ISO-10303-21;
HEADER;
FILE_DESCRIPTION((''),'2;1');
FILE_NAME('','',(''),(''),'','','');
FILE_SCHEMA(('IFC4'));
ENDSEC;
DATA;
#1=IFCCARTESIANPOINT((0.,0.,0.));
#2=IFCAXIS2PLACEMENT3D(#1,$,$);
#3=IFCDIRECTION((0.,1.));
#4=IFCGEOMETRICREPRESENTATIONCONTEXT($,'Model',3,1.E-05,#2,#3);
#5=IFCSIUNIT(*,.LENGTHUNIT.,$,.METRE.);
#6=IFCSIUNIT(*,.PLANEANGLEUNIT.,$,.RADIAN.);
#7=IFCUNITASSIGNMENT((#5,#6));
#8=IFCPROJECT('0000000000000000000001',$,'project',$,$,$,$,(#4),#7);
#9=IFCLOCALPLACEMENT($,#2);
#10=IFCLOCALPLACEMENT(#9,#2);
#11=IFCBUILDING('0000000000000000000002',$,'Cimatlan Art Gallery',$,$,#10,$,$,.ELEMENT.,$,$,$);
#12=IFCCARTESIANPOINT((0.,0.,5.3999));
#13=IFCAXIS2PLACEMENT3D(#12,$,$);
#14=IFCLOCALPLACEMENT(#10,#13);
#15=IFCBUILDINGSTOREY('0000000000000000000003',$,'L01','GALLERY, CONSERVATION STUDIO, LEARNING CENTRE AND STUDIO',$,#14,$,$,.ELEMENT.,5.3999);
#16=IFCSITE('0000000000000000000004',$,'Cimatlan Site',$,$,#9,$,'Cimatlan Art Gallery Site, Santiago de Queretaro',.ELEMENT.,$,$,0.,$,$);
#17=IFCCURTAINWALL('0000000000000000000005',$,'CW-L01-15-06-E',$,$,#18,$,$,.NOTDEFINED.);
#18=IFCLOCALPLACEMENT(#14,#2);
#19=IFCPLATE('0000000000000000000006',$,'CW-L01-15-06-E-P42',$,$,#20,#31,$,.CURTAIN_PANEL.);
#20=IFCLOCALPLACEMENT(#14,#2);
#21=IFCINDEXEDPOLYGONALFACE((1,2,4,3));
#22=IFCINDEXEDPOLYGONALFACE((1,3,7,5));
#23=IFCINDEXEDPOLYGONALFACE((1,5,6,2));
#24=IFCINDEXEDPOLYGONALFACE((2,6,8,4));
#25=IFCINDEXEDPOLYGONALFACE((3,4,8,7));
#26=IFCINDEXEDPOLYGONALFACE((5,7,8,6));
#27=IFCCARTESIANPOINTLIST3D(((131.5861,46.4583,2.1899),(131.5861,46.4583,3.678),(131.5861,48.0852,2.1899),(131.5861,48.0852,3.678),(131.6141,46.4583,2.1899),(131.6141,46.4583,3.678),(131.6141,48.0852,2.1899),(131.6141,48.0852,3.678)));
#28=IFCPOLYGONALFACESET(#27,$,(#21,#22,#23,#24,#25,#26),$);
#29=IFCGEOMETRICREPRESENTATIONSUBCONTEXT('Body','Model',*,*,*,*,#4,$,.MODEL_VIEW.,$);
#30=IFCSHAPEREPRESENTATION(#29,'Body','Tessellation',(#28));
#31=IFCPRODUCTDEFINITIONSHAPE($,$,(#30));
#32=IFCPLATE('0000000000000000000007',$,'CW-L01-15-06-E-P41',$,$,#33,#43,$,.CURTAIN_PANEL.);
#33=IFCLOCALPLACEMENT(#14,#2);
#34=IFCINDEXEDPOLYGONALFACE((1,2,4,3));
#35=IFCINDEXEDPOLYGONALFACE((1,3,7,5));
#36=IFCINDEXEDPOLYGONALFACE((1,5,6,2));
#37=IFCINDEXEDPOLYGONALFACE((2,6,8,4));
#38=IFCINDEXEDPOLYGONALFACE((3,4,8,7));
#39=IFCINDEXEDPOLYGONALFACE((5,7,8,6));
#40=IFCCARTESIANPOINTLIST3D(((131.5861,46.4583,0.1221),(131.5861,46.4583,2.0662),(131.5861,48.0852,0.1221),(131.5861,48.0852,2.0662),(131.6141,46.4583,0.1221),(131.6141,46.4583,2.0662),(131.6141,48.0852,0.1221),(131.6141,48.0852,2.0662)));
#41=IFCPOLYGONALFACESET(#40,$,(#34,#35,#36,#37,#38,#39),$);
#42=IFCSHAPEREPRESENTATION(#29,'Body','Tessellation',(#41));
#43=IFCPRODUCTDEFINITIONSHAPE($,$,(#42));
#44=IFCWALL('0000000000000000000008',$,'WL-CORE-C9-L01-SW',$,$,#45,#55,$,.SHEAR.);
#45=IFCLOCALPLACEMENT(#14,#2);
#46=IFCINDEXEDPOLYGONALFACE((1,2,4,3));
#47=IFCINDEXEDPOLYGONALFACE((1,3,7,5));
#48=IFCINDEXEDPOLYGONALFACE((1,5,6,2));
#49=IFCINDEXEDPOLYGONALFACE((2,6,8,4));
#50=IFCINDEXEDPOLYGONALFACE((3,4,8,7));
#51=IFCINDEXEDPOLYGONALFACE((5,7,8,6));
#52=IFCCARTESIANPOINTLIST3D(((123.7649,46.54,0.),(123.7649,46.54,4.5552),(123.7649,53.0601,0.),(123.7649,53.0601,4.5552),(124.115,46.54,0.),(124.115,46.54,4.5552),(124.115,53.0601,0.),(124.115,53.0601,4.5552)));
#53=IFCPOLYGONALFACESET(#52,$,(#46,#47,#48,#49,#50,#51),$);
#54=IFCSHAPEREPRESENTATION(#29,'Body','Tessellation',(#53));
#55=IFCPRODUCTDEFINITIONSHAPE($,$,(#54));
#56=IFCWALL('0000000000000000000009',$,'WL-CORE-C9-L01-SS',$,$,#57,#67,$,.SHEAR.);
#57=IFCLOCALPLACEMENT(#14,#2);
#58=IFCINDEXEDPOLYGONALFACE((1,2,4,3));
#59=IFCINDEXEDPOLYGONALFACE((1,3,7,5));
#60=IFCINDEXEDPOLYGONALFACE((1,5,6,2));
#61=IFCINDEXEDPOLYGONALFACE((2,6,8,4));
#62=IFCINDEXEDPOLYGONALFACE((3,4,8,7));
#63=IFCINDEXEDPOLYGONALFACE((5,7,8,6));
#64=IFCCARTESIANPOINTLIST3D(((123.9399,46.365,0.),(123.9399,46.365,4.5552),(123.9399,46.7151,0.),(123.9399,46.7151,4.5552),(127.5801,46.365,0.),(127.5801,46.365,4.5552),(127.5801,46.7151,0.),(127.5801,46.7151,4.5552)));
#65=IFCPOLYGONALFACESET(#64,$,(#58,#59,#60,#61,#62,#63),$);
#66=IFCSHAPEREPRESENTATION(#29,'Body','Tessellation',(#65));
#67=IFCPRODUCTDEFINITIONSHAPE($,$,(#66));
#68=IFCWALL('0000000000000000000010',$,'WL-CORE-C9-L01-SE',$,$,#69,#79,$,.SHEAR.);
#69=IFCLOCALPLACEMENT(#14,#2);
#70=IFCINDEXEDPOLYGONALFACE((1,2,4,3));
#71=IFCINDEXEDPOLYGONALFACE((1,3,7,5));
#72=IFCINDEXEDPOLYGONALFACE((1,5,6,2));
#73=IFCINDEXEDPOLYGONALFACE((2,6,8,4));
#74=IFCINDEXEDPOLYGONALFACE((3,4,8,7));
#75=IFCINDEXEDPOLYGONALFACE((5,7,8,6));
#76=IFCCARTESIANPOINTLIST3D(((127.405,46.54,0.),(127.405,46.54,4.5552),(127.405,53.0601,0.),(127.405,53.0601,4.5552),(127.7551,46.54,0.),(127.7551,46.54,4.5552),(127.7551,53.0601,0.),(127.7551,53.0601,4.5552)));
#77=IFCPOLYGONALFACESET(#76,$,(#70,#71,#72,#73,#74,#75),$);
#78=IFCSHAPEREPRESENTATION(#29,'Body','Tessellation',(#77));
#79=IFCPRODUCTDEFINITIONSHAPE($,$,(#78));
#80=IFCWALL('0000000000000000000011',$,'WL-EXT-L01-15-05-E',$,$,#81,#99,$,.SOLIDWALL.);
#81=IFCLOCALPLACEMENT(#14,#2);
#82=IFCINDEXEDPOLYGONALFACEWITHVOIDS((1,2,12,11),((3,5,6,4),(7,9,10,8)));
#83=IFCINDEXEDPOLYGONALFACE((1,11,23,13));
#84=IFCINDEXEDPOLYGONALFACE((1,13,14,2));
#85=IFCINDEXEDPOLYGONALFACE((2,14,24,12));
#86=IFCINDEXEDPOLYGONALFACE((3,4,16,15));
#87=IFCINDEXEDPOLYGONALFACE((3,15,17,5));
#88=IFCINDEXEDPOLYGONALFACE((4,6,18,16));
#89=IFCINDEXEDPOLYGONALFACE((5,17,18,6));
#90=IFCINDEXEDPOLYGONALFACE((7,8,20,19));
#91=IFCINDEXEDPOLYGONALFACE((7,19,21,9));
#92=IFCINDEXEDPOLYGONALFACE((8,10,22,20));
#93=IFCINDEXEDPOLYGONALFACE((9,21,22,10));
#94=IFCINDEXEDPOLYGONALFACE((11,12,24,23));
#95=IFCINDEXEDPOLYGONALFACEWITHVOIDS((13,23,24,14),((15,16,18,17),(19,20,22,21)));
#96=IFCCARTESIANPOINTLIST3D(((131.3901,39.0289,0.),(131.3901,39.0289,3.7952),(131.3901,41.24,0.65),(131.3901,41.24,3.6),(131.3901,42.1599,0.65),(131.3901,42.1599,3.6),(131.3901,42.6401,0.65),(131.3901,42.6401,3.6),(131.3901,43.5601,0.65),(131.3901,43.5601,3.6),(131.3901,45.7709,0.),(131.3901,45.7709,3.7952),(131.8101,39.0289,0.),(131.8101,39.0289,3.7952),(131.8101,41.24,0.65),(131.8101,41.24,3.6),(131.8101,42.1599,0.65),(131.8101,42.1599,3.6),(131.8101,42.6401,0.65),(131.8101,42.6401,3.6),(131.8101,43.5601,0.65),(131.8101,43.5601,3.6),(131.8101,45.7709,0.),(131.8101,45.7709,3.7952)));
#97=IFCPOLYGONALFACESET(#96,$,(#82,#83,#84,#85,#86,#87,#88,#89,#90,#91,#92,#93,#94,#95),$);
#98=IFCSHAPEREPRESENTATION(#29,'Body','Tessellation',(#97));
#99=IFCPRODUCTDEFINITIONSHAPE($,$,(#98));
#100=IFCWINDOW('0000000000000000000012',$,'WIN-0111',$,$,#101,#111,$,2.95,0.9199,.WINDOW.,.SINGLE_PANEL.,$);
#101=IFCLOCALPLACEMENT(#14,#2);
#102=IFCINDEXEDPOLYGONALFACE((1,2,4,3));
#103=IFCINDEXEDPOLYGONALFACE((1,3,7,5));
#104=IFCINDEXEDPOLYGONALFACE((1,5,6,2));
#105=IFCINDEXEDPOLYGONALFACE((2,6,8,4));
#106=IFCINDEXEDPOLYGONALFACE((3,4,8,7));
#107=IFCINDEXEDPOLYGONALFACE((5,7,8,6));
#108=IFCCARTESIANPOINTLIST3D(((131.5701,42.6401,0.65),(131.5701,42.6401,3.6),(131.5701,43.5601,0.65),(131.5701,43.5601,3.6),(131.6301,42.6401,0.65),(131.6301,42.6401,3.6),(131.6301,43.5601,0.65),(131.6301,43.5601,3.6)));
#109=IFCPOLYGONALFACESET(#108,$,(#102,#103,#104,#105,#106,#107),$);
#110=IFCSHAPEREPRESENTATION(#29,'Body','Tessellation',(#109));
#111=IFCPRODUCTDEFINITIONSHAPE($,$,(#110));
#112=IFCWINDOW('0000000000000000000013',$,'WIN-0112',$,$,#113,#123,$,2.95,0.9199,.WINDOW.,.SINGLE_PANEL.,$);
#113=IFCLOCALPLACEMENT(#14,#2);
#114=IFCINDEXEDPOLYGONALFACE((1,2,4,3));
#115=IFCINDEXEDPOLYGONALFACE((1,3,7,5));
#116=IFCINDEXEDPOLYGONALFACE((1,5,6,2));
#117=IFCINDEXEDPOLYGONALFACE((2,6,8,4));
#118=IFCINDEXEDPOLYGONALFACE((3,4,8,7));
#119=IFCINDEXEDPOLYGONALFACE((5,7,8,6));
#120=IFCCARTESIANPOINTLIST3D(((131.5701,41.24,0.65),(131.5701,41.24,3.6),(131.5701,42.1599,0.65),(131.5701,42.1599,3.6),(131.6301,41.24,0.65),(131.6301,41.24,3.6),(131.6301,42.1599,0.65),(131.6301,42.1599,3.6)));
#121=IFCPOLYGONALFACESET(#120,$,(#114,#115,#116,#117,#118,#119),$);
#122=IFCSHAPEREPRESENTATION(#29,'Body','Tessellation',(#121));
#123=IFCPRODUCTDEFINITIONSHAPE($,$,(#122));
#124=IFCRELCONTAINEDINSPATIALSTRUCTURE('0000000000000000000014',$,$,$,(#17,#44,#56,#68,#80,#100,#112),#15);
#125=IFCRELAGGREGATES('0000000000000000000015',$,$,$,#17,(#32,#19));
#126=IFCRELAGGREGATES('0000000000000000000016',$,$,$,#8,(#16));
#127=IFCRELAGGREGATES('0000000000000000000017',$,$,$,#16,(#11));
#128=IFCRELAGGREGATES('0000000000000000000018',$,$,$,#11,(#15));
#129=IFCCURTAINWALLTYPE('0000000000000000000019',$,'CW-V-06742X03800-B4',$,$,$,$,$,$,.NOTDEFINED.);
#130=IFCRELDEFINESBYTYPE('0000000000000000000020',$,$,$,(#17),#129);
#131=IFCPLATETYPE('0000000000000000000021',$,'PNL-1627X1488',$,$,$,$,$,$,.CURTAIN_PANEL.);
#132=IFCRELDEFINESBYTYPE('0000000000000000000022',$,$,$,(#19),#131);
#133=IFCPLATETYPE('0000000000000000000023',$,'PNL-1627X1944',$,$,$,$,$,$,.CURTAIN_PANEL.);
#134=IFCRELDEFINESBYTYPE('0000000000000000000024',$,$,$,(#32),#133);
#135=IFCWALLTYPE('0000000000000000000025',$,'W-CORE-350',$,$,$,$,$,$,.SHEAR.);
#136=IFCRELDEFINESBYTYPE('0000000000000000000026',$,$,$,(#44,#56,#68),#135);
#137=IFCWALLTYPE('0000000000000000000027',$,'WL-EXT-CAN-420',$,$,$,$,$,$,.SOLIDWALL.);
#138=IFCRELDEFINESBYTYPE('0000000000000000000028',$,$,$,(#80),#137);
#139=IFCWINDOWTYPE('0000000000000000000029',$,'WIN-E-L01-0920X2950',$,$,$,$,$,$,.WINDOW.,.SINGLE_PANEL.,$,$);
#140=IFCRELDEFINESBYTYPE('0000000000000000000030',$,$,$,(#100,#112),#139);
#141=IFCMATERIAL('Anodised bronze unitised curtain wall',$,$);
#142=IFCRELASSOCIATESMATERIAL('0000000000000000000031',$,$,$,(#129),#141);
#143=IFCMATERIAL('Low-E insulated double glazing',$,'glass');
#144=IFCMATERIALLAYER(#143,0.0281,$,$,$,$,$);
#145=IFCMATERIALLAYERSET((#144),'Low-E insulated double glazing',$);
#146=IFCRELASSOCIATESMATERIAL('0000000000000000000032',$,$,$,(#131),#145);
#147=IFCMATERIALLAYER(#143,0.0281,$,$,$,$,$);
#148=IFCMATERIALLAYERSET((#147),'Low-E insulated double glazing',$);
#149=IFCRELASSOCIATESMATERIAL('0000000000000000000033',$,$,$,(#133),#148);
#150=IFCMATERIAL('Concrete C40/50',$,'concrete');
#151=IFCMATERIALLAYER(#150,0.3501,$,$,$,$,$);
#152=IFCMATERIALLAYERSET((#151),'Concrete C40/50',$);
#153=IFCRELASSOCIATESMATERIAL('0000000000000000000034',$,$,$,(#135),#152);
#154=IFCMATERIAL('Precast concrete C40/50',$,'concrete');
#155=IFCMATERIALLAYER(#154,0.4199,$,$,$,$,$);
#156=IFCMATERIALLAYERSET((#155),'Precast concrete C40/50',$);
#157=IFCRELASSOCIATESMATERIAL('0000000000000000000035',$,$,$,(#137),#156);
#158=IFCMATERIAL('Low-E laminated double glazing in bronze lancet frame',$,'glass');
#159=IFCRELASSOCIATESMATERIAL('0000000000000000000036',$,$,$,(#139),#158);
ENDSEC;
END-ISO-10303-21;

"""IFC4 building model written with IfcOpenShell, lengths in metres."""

from ifc_helpers import new_model, si_unit, direction, frame, frame_2d, origin, origin_2d, place, context, subcontext, project, spatial, rectangle, extrude, material, layer, layer_set, type_object, element, fill, aggregate, save


model = new_model("IFC4")

# Units and contexts
model_context = context("Model", 3, precision=1e-05, world=origin(), true_north=direction((0.0, 1.0)))
body_context = subcontext(model_context, "Body", "Model", "MODEL_VIEW")
ifc_project = project(units=[si_unit("LENGTHUNIT", "METRE"), si_unit("PLANEANGLEUNIT", "RADIAN")], contexts=[model_context])

# Site, building, storey
site_placement = place(None, origin())
site = spatial("IfcSite", under=ifc_project, at=site_placement, Name="Cimatlan Site", LongName="Cimatlan Art Gallery Site, Santiago de Queretaro", CompositionType="ELEMENT", RefElevation=0.0)
building_placement = place(site_placement, origin())
building = spatial("IfcBuilding", under=site, at=building_placement, Name="Cimatlan Art Gallery", CompositionType="ELEMENT")
storey_placement = place(building_placement, frame((0.0, 0.0, 5.3999)))
storey = spatial("IfcBuildingStorey", under=building, at=storey_placement, Name="L01", Description="GALLERY, CONSERVATION STUDIO, LEARNING CENTRE AND STUDIO", CompositionType="ELEMENT", Elevation=5.3999)

# Shared definitions
ifc_material_1 = material(Name="Concrete C40/50", Category="concrete")

# Curtain wall, plates
ifc_material_2 = material(Name="Anodised bronze unitised curtain wall")
curtain_wall_type = type_object("IfcCurtainWallType", Name="CW-V-06742X03800-B4", PredefinedType="NOTDEFINED", material=ifc_material_2)
curtain_wall_placement = place(storey_placement, origin())
curtain_wall = element("IfcCurtainWall", 1, at=curtain_wall_placement, inside=storey, type_object=curtain_wall_type, Name="CW-L01-15-06-E", PredefinedType="NOTDEFINED")
ifc_material_3 = material(Name="Low-E insulated double glazing", Category="glass")
ifc_layer_1 = layer(ifc_material_3, 0.0281)
ifc_layer_set_1 = layer_set([ifc_layer_1], Name="Low-E insulated double glazing")
plate_type_1 = type_object("IfcPlateType", Name="PNL-1627X1488", PredefinedType="CURTAIN_PANEL", material=ifc_layer_set_1)
plate_1_placement = place(storey_placement, frame((131.6001, 47.2717, 2.1899), z_axis=(0.0, 0.0, 1.0), x_axis=(0.0, -1.0, 0.0)))
plate_1 = element("IfcPlate", 2, at=plate_1_placement, type_object=plate_type_1, Name="CW-L01-15-06-E-P42", PredefinedType="CURTAIN_PANEL", context=body_context, shape_type="SweptSolid", body=[
    extrude(rectangle(XDim=1.627, YDim=0.0281, at=origin_2d()), origin(), (0.0, 0.0, 1.0), 1.488),
])
ifc_layer_2 = layer(ifc_material_3, 0.0281)
ifc_layer_set_2 = layer_set([ifc_layer_2], Name="Low-E insulated double glazing")
plate_type_2 = type_object("IfcPlateType", Name="PNL-1627X1944", PredefinedType="CURTAIN_PANEL", material=ifc_layer_set_2)
plate_2_placement = place(storey_placement, frame((131.6001, 47.2717, 0.1221), z_axis=(0.0, 0.0, 1.0), x_axis=(0.0, -1.0, 0.0)))
plate_2 = element("IfcPlate", 3, at=plate_2_placement, type_object=plate_type_2, Name="CW-L01-15-06-E-P41", PredefinedType="CURTAIN_PANEL", context=body_context, shape_type="SweptSolid", body=[
    extrude(rectangle(XDim=1.627, YDim=0.0281, at=origin_2d()), origin(), (0.0, 0.0, 1.0), 1.9441),
])
aggregate(curtain_wall, [plate_2, plate_1])

# Walls
ifc_layer_3 = layer(ifc_material_1, 0.3501)
ifc_layer_set_3 = layer_set([ifc_layer_3], Name="Concrete C40/50")
wall_type_1 = type_object("IfcWallType", Name="W-CORE-350", PredefinedType="SHEAR", material=ifc_layer_set_3)
wall_1_placement = place(storey_placement, frame((123.9399, 46.54, 0.0), z_axis=(0.0, 0.0, 1.0), x_axis=(0.0, 1.0, 0.0)))
element("IfcWall", 4, at=wall_1_placement, inside=storey, type_object=wall_type_1, Name="WL-CORE-C9-L01-SW", PredefinedType="SHEAR", context=body_context, shape_type="SweptSolid", body=[
    extrude(rectangle(XDim=6.52, YDim=0.3501, at=frame_2d((3.26, 0.0))), origin(), (0.0, 0.0, 1.0), 4.5552),
])
wall_2_placement = place(storey_placement, frame((123.9399, 46.54, 0.0), z_axis=(0.0, 0.0, 1.0), x_axis=(1.0, 0.0, 0.0)))
element("IfcWall", 5, at=wall_2_placement, inside=storey, type_object=wall_type_1, Name="WL-CORE-C9-L01-SS", PredefinedType="SHEAR", context=body_context, shape_type="SweptSolid", body=[
    extrude(rectangle(XDim=3.6401, YDim=0.3501, at=frame_2d((1.8201, 0.0))), origin(), (0.0, 0.0, 1.0), 4.5552),
])
wall_3_placement = place(storey_placement, frame((127.5801, 46.54, 0.0), z_axis=(0.0, 0.0, 1.0), x_axis=(0.0, 1.0, 0.0)))
element("IfcWall", 6, at=wall_3_placement, inside=storey, type_object=wall_type_1, Name="WL-CORE-C9-L01-SE", PredefinedType="SHEAR", context=body_context, shape_type="SweptSolid", body=[
    extrude(rectangle(XDim=6.52, YDim=0.3501, at=frame_2d((3.26, 0.0))), origin(), (0.0, 0.0, 1.0), 4.5552),
])

# Wall, openings, windows
ifc_material_4 = material(Name="Precast concrete C40/50", Category="concrete")
ifc_layer_4 = layer(ifc_material_4, 0.4199)
ifc_layer_set_4 = layer_set([ifc_layer_4], Name="Precast concrete C40/50")
wall_type_2 = type_object("IfcWallType", Name="WL-EXT-CAN-420", PredefinedType="SOLIDWALL", material=ifc_layer_set_4)
wall_4_placement = place(storey_placement, frame((131.6001, 45.771, 0.0), z_axis=(0.0, 0.0, 1.0), x_axis=(0.0, -1.0, 0.0)))
wall_4 = element("IfcWall", 7, at=wall_4_placement, inside=storey, type_object=wall_type_2, Name="WL-EXT-L01-15-05-E", PredefinedType="SOLIDWALL", context=body_context, shape_type="SweptSolid", body=[
    extrude(rectangle(XDim=6.7419, YDim=0.4199, at=frame_2d((3.3711, 0.0))), origin(), (0.0, 0.0, 1.0), 3.7952),
])
opening_1_placement = place(wall_4_placement, frame((2.2109, 0.0, 0.6499)))
opening_1 = element("IfcOpeningElement", 8, at=opening_1_placement, cuts=wall_4, PredefinedType="OPENING", context=body_context, shape_type="SweptSolid", body=[
    extrude(rectangle(XDim=0.9199, YDim=2.95, at=frame_2d((0.46, 1.4751))), frame((0.0, 0.22, 0.0), z_axis=(0.0, -1.0, 0.0), x_axis=(1.0, 0.0, 0.0)), (0.0, 0.0, 1.0), 0.4399),
])
opening_2_placement = place(wall_4_placement, frame((3.6111, 0.0, 0.6499)))
opening_2 = element("IfcOpeningElement", 9, at=opening_2_placement, cuts=wall_4, PredefinedType="OPENING", context=body_context, shape_type="SweptSolid", body=[
    extrude(rectangle(XDim=0.9199, YDim=2.95, at=frame_2d((0.46, 1.4751))), frame((0.0, 0.22, 0.0), z_axis=(0.0, -1.0, 0.0), x_axis=(1.0, 0.0, 0.0)), (0.0, 0.0, 1.0), 0.4399),
])
ifc_material_5 = material(Name="Low-E laminated double glazing in bronze lancet frame", Category="glass")
window_type = type_object("IfcWindowType", Name="WIN-E-L01-0920X2950", PartitioningType="SINGLE_PANEL", PredefinedType="WINDOW", material=ifc_material_5)
window_1_placement = place(opening_1_placement, origin())
window_1 = element("IfcWindow", 10, at=window_1_placement, inside=storey, type_object=window_type, Name="WIN-0111", OverallHeight=2.95, OverallWidth=0.9199, PartitioningType="SINGLE_PANEL", PredefinedType="WINDOW", context=body_context, shape_type="SweptSolid", body=[
    extrude(rectangle(XDim=0.9199, YDim=2.95, at=frame_2d((0.46, 1.4751))), frame((0.0, 0.03, 0.0), z_axis=(0.0, -1.0, 0.0), x_axis=(1.0, 0.0, 0.0)), (0.0, 0.0, 1.0), 0.0601),
])
fill(opening_1, window_1)
window_2_placement = place(opening_2_placement, origin())
window_2 = element("IfcWindow", 11, at=window_2_placement, inside=storey, type_object=window_type, Name="WIN-0112", OverallHeight=2.95, OverallWidth=0.9199, PartitioningType="SINGLE_PANEL", PredefinedType="WINDOW", context=body_context, shape_type="SweptSolid", body=[
    extrude(rectangle(XDim=0.9199, YDim=2.95, at=frame_2d((0.46, 1.4751))), frame((0.0, 0.03, 0.0), z_axis=(0.0, -1.0, 0.0), x_axis=(1.0, 0.0, 0.0)), (0.0, 0.0, 1.0), 0.0601),
])
fill(opening_2, window_2)

save(model, "model.ifc")
